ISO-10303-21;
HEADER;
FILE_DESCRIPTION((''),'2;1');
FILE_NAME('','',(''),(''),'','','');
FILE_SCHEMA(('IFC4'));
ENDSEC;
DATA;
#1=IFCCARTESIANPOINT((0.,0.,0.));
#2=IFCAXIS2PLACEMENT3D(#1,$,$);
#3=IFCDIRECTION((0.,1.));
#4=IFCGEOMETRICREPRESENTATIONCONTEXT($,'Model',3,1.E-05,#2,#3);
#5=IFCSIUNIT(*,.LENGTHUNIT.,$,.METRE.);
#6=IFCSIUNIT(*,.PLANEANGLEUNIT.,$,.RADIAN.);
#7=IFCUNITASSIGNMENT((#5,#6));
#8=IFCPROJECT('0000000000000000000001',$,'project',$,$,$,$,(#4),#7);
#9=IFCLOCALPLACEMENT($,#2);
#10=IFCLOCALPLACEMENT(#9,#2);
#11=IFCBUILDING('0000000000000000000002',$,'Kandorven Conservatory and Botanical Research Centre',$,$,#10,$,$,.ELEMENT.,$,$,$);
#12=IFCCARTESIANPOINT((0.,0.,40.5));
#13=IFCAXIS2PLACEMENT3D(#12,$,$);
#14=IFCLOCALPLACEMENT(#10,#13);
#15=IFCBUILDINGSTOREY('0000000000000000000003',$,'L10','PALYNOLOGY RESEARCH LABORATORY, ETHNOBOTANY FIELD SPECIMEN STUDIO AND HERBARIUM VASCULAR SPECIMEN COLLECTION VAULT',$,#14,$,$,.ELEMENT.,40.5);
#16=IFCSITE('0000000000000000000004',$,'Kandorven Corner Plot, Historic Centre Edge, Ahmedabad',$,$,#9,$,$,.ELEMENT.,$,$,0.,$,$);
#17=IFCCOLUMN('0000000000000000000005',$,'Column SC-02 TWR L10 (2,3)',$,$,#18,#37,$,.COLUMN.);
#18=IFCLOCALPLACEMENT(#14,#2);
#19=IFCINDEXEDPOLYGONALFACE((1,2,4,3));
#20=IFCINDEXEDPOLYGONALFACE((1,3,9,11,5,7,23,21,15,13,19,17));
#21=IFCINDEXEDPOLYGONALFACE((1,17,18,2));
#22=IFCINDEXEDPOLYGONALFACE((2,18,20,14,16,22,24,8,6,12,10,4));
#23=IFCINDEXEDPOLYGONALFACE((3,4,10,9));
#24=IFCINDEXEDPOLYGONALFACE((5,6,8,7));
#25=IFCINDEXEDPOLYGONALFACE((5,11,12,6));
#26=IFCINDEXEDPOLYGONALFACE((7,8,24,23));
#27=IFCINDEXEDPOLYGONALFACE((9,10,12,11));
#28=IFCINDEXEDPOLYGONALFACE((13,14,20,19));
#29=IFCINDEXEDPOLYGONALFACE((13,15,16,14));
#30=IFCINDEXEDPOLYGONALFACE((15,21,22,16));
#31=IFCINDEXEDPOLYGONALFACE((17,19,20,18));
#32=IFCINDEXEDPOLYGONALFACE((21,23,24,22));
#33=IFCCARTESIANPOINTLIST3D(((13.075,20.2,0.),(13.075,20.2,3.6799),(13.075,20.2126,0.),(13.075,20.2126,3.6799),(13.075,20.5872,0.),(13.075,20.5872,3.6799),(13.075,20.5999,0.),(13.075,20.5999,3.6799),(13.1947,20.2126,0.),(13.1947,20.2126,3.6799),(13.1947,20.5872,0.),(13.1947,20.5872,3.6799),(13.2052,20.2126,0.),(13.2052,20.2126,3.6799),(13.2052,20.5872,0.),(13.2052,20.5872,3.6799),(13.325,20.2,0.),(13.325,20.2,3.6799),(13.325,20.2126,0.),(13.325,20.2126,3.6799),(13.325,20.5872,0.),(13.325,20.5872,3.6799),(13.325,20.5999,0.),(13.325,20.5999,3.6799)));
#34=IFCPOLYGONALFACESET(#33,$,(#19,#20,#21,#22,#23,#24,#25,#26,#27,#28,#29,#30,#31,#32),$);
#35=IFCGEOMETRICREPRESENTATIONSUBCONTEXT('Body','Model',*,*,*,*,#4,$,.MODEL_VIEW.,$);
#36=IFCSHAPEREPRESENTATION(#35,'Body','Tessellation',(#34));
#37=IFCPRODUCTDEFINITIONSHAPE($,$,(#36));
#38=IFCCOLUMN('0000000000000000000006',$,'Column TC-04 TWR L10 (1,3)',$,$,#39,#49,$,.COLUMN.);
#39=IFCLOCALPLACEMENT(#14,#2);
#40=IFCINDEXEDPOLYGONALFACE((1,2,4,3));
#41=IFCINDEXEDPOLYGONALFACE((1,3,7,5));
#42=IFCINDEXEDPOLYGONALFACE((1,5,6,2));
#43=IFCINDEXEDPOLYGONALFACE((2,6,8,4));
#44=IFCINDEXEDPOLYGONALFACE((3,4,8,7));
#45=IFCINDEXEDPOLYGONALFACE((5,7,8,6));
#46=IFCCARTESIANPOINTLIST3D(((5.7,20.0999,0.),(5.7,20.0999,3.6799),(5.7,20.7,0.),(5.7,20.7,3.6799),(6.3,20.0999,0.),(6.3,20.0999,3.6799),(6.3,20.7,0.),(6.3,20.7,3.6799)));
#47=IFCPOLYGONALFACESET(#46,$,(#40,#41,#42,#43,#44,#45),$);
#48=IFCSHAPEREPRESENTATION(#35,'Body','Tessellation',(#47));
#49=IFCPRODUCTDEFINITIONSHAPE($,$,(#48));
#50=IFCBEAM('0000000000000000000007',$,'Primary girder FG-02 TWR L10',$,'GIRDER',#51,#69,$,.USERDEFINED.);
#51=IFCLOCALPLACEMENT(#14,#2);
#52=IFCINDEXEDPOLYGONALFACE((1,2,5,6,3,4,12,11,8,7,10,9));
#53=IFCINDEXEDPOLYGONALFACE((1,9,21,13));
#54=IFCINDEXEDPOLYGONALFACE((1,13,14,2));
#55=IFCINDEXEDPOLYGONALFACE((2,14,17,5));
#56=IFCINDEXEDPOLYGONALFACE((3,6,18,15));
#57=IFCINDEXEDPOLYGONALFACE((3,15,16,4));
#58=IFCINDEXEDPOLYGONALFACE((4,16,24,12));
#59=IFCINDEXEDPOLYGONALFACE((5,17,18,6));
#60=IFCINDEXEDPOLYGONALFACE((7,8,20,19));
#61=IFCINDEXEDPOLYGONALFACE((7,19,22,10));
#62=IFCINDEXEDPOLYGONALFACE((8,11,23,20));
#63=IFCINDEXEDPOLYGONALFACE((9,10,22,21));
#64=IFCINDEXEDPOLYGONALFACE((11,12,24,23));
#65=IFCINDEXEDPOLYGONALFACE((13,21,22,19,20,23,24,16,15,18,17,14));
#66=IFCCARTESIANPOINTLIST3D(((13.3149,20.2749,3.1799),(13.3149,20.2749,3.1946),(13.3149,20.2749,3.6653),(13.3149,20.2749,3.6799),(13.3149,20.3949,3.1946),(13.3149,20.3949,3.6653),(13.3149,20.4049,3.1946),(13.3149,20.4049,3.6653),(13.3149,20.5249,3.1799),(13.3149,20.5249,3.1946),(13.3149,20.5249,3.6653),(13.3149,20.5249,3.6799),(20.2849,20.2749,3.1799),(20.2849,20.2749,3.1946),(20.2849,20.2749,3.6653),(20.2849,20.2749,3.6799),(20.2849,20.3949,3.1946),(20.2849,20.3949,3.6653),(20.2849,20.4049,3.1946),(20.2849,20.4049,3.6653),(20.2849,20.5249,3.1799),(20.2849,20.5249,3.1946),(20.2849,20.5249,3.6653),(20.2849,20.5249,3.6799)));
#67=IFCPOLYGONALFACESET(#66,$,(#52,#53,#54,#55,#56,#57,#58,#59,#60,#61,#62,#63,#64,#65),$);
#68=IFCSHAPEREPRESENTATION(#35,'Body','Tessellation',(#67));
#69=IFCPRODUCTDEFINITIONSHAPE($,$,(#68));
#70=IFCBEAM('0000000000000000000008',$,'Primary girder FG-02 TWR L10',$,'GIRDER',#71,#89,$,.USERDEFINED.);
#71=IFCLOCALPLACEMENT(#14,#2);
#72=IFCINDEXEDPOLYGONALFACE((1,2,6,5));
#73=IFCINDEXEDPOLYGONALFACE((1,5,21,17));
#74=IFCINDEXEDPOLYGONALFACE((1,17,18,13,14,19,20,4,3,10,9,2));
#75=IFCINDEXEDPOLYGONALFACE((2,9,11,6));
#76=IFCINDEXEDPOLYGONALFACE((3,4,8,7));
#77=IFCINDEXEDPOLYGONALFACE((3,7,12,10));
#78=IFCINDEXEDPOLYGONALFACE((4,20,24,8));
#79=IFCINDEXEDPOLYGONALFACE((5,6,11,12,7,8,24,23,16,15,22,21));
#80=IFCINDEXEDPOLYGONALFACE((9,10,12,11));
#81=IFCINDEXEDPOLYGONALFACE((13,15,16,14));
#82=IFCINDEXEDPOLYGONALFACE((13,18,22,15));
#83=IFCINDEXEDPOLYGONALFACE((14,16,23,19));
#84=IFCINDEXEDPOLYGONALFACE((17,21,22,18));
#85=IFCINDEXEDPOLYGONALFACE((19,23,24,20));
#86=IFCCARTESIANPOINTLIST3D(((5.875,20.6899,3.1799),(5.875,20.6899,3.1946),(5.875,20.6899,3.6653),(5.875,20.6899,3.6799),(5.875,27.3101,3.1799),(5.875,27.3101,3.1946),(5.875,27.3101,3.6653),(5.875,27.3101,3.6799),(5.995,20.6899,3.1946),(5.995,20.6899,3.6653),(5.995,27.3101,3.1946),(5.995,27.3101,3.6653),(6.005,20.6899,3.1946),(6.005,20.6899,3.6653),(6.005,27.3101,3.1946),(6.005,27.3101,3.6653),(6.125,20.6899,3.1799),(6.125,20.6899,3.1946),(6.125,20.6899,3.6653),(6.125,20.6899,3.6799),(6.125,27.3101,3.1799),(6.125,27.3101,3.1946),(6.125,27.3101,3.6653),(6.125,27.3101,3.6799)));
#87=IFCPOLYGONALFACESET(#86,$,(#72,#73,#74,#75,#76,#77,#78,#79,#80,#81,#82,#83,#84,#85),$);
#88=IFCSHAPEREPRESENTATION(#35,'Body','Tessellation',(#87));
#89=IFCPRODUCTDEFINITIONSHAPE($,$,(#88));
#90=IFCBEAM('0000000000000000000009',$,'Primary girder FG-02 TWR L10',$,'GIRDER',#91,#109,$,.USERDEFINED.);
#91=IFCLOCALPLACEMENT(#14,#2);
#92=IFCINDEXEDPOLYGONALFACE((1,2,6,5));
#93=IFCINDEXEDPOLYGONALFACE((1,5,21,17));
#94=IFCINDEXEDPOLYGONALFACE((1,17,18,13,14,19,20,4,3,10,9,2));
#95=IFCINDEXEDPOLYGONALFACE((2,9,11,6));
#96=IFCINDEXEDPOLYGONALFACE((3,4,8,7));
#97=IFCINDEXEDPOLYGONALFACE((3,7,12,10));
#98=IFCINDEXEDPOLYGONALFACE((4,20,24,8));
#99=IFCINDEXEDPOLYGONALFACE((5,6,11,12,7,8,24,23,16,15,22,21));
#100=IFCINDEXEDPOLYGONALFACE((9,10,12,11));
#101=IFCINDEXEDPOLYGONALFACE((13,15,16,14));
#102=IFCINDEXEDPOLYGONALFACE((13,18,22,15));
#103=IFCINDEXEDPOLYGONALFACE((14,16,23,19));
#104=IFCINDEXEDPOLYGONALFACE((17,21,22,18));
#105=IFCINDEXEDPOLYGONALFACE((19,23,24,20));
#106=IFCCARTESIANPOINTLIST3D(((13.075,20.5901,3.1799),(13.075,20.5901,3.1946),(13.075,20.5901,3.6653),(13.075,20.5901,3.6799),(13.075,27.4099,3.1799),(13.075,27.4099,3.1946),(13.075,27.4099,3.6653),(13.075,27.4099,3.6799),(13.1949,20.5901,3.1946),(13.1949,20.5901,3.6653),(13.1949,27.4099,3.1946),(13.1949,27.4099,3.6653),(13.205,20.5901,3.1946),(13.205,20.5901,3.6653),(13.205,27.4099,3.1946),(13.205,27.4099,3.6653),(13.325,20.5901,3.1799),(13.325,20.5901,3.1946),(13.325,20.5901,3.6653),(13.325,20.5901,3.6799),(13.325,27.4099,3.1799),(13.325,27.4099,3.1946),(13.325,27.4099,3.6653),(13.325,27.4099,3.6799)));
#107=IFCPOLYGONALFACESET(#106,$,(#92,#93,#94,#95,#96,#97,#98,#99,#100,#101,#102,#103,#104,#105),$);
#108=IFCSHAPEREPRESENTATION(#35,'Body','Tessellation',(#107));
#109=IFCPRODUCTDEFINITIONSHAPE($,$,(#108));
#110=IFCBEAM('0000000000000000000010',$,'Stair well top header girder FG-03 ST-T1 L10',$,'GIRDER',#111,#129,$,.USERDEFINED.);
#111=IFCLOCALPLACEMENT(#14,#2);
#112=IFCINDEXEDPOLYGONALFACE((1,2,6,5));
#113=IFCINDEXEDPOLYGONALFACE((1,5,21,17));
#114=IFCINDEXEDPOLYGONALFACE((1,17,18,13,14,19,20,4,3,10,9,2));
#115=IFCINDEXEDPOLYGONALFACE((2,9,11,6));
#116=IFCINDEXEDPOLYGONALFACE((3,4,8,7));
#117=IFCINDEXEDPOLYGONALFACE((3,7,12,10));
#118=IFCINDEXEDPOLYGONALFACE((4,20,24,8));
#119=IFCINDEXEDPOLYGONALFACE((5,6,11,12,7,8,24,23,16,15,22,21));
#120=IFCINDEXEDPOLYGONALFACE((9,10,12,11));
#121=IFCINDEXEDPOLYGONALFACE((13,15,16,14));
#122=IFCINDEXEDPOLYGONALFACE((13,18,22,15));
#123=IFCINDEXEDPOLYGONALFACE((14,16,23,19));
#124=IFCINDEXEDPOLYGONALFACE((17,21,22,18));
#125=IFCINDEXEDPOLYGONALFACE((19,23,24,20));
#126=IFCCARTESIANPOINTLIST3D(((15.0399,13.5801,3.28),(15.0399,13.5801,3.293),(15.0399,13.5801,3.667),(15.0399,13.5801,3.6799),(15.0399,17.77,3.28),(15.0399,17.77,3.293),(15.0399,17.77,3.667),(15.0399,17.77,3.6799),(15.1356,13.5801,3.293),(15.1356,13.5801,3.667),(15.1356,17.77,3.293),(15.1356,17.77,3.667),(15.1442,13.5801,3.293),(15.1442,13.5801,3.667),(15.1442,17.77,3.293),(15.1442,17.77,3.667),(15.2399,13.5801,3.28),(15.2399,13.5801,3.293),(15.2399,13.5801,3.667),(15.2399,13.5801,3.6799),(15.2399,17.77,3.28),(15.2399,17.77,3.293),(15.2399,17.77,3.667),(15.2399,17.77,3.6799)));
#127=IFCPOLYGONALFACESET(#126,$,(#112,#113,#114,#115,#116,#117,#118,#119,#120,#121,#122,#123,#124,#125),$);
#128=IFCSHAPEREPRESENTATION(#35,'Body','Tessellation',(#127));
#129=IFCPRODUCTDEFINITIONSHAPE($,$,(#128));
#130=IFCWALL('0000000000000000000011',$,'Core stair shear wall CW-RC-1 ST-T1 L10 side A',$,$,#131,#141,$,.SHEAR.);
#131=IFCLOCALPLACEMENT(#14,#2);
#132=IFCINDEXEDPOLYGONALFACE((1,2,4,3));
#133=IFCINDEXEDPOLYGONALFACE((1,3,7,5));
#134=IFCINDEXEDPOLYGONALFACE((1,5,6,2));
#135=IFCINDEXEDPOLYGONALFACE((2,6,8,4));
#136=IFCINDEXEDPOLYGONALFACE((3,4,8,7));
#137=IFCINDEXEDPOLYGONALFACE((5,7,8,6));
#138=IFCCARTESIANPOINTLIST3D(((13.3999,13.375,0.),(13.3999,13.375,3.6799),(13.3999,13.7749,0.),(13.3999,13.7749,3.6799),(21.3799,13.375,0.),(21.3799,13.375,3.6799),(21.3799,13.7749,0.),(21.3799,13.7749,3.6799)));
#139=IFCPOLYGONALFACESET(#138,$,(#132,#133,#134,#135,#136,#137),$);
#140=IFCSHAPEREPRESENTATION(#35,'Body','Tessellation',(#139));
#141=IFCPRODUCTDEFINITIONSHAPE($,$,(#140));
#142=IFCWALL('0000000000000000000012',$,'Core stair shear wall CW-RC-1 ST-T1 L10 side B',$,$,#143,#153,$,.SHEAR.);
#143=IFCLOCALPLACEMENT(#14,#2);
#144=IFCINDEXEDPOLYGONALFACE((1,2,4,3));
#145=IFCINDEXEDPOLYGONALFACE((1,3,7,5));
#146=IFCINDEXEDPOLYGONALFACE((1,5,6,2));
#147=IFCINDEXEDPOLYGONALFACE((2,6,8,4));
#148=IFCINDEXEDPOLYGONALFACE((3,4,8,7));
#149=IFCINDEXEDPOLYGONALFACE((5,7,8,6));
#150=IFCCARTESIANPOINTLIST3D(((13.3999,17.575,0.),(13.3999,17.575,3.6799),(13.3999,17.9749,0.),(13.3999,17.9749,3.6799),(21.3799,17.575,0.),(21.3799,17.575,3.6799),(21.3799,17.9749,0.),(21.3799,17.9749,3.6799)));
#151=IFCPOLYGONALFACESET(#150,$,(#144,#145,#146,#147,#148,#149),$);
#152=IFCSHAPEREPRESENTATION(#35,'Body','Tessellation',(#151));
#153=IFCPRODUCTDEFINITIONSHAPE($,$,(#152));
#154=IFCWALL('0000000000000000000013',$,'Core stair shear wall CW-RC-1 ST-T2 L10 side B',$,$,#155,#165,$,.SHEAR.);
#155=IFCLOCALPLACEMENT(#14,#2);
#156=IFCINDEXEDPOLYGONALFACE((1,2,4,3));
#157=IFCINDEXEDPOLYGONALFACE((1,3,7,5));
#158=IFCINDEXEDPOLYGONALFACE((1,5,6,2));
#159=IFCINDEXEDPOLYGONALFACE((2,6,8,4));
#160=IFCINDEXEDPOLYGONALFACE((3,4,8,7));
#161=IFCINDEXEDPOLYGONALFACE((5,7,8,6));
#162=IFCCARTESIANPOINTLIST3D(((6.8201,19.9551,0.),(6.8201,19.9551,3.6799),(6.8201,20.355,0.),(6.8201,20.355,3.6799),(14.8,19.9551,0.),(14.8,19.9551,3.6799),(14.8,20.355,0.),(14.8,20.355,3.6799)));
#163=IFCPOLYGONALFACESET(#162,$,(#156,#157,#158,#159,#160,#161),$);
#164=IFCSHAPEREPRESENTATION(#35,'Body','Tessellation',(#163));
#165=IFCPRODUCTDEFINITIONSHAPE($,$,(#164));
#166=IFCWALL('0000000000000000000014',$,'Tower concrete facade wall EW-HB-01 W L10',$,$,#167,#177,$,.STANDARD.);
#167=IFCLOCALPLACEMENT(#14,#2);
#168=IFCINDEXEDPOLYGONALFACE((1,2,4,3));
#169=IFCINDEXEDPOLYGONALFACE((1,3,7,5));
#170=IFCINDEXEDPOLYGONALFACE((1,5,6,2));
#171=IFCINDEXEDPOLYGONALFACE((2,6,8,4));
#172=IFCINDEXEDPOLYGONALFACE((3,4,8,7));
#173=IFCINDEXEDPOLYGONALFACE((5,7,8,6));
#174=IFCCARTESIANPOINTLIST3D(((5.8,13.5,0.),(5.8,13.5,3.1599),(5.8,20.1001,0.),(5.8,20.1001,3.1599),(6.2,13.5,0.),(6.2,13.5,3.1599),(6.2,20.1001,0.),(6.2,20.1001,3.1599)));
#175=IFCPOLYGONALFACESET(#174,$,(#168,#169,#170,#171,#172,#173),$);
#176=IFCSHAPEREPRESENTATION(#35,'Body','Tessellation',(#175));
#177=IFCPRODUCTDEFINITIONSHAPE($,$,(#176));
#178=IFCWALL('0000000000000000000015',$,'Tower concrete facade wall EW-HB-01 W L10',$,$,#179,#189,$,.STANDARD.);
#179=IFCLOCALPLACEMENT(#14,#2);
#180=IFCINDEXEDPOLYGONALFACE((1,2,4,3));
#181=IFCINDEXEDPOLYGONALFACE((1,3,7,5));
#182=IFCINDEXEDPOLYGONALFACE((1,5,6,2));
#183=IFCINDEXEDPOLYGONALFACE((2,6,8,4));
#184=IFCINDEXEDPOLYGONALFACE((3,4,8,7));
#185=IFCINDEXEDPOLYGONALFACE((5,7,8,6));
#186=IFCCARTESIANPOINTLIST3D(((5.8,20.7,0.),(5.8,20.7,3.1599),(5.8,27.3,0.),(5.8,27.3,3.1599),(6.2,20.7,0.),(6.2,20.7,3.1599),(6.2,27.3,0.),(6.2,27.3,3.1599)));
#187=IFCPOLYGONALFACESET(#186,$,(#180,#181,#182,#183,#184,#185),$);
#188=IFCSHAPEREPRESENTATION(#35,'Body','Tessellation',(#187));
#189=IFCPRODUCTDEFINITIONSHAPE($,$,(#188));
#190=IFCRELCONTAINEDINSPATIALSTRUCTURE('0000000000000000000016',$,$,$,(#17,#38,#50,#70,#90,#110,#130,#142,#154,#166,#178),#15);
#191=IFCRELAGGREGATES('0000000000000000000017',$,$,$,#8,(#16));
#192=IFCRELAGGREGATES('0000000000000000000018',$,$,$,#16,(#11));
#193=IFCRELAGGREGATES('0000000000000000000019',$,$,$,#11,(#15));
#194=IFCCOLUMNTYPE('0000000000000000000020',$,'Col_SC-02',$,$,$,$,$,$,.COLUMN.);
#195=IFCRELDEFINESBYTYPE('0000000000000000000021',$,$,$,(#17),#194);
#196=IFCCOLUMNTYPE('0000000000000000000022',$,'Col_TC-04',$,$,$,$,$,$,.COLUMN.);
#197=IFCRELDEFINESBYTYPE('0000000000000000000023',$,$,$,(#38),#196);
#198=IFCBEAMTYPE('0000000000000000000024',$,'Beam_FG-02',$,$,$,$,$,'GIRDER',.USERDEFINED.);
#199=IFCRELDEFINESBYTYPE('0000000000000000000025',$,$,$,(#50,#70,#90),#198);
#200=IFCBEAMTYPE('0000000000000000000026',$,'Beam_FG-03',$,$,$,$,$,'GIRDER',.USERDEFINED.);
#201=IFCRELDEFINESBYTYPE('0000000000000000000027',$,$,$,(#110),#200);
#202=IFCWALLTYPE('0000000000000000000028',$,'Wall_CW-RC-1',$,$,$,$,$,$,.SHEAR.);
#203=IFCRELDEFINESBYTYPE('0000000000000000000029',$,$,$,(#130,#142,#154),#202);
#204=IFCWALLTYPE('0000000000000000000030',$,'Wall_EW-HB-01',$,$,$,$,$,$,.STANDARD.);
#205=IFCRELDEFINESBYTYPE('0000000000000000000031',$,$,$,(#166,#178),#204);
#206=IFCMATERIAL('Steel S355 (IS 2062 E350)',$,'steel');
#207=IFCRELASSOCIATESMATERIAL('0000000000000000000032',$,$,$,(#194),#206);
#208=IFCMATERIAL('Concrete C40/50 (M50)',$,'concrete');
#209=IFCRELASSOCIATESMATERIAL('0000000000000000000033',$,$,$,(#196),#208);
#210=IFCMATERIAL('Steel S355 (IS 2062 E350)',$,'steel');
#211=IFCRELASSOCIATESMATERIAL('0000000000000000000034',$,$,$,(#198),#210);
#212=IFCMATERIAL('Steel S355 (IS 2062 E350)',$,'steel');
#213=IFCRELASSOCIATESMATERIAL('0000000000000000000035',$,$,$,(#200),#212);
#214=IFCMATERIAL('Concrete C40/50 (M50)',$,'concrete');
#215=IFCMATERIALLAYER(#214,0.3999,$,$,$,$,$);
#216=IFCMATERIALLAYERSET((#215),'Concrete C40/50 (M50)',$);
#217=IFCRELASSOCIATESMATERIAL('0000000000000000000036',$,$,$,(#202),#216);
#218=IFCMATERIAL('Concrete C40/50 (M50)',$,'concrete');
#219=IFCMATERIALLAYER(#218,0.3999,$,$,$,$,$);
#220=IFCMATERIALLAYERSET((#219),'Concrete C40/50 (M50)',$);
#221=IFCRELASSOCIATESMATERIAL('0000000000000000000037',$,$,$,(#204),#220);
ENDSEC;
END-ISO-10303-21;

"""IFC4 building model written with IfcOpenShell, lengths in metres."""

from ifc_helpers import new_model, si_unit, direction, frame, frame_2d, origin, origin_2d, place, context, subcontext, project, spatial, rectangle, i_section, extrude, material, layer, layer_set, material_profile, profile_set, type_object, element, save


model = new_model("IFC4")

# Units and contexts
model_context = context("Model", 3, precision=1e-05, world=origin(), true_north=direction((0.0, 1.0)))
body_context = subcontext(model_context, "Body", "Model", "MODEL_VIEW")
ifc_project = project(units=[si_unit("LENGTHUNIT", "METRE"), si_unit("PLANEANGLEUNIT", "RADIAN")], contexts=[model_context])

# Site, building, storey
site_placement = place(None, origin())
site = spatial("IfcSite", under=ifc_project, at=site_placement, Name="Kandorven Corner Plot, Historic Centre Edge, Ahmedabad", CompositionType="ELEMENT", RefElevation=0.0)
building_placement = place(site_placement, origin())
building = spatial("IfcBuilding", under=site, at=building_placement, Name="Kandorven Conservatory and Botanical Research Centre", CompositionType="ELEMENT")
storey_placement = place(building_placement, frame((0.0, 0.0, 40.5)))
storey = spatial("IfcBuildingStorey", under=building, at=storey_placement, Name="L10", Description="PALYNOLOGY RESEARCH LABORATORY, ETHNOBOTANY FIELD SPECIMEN STUDIO AND HERBARIUM VASCULAR SPECIMEN COLLECTION VAULT", CompositionType="ELEMENT", Elevation=40.5)

# Columns
ifc_material_1 = material(Name="Steel S355 (IS 2062 E350)", Category="steel")
ifc_material_profile_1 = material_profile(ifc_material_1, i_section(OverallWidth=0.25, OverallDepth=0.3999, WebThickness=0.0105, FlangeThickness=0.0127, at=origin_2d()))
ifc_profile_set_1 = profile_set([ifc_material_profile_1], Name="Steel S355 (IS 2062 E350)")
column_type_1 = type_object("IfcColumnType", Name="Col_SC-02", PredefinedType="COLUMN", material=ifc_profile_set_1)
column_1_placement = place(storey_placement, frame((13.2, 20.3999, 0.0), z_axis=(0.0, 0.0, 1.0), x_axis=(1.0, 0.0, 0.0)))
element("IfcColumn", 1, at=column_1_placement, inside=storey, type_object=column_type_1, Name="Column SC-02 TWR L10 (2,3)", PredefinedType="COLUMN", context=body_context, shape_type="SweptSolid", body=[
    extrude(i_section(OverallWidth=0.25, OverallDepth=0.3999, WebThickness=0.0105, FlangeThickness=0.0127, at=origin_2d()), origin(), (0.0, 0.0, 1.0), 3.6799),
])
ifc_material_2 = material(Name="Concrete C40/50 (M50)", Category="concrete")
ifc_material_profile_2 = material_profile(ifc_material_2, rectangle(XDim=0.6001, YDim=0.6001, at=origin_2d()))
ifc_profile_set_2 = profile_set([ifc_material_profile_2], Name="Concrete C40/50 (M50)")
column_type_2 = type_object("IfcColumnType", Name="Col_TC-04", PredefinedType="COLUMN", material=ifc_profile_set_2)
column_2_placement = place(storey_placement, frame((6.0, 20.3999, 0.0), z_axis=(0.0, 0.0, 1.0), x_axis=(1.0, 0.0, 0.0)))
element("IfcColumn", 2, at=column_2_placement, inside=storey, type_object=column_type_2, Name="Column TC-04 TWR L10 (1,3)", PredefinedType="COLUMN", context=body_context, shape_type="SweptSolid", body=[
    extrude(rectangle(XDim=0.6001, YDim=0.6001, at=origin_2d()), origin(), (0.0, 0.0, 1.0), 3.6799),
])

# Beams
ifc_material_3 = material(Name="Steel S355 (IS 2062 E350)", Category="steel")
ifc_material_profile_3 = material_profile(ifc_material_3, i_section(OverallWidth=0.25, OverallDepth=0.5, WebThickness=0.01, FlangeThickness=0.0146, at=origin_2d()))
ifc_profile_set_3 = profile_set([ifc_material_profile_3], Name="Steel S355 (IS 2062 E350)")
beam_type_1 = type_object("IfcBeamType", Name="Beam_FG-02", ElementType="GIRDER", PredefinedType="USERDEFINED", material=ifc_profile_set_3)
beam_1_placement = place(storey_placement, frame((13.3149, 20.3999, 3.4299), z_axis=(1.0, 0.0, 0.0), x_axis=(0.0, 1.0, 0.0)))
element("IfcBeam", 3, at=beam_1_placement, inside=storey, type_object=beam_type_1, Name="Primary girder FG-02 TWR L10", ObjectType="GIRDER", PredefinedType="USERDEFINED", context=body_context, shape_type="SweptSolid", body=[
    extrude(i_section(OverallWidth=0.25, OverallDepth=0.5, WebThickness=0.01, FlangeThickness=0.0146, at=origin_2d()), origin(), (0.0, 0.0, 1.0), 6.97),
])
beam_2_placement = place(storey_placement, frame((6.0, 20.6899, 3.4299), z_axis=(0.0, 1.0, 0.0), x_axis=(-1.0, 0.0, 0.0)))
element("IfcBeam", 4, at=beam_2_placement, inside=storey, type_object=beam_type_1, Name="Primary girder FG-02 TWR L10", ObjectType="GIRDER", PredefinedType="USERDEFINED", context=body_context, shape_type="SweptSolid", body=[
    extrude(i_section(OverallWidth=0.25, OverallDepth=0.5, WebThickness=0.01, FlangeThickness=0.0146, at=origin_2d()), origin(), (0.0, 0.0, 1.0), 6.6201),
])
beam_3_placement = place(storey_placement, frame((13.2, 20.5901, 3.4299), z_axis=(0.0, 1.0, 0.0), x_axis=(-1.0, 0.0, 0.0)))
element("IfcBeam", 5, at=beam_3_placement, inside=storey, type_object=beam_type_1, Name="Primary girder FG-02 TWR L10", ObjectType="GIRDER", PredefinedType="USERDEFINED", context=body_context, shape_type="SweptSolid", body=[
    extrude(i_section(OverallWidth=0.25, OverallDepth=0.5, WebThickness=0.01, FlangeThickness=0.0146, at=origin_2d()), origin(), (0.0, 0.0, 1.0), 6.8198),
])
ifc_material_4 = material(Name="Steel S355 (IS 2062 E350)", Category="steel")
ifc_material_profile_4 = material_profile(ifc_material_4, i_section(OverallWidth=0.2, OverallDepth=0.3999, WebThickness=0.0085, FlangeThickness=0.0129, at=origin_2d()))
ifc_profile_set_4 = profile_set([ifc_material_profile_4], Name="Steel S355 (IS 2062 E350)")
beam_type_2 = type_object("IfcBeamType", Name="Beam_FG-03", ElementType="GIRDER", PredefinedType="USERDEFINED", material=ifc_profile_set_4)
beam_4_placement = place(storey_placement, frame((15.1399, 13.5801, 3.48), z_axis=(0.0, 1.0, 0.0), x_axis=(-1.0, 0.0, 0.0)))
element("IfcBeam", 6, at=beam_4_placement, inside=storey, type_object=beam_type_2, Name="Stair well top header girder FG-03 ST-T1 L10", ObjectType="GIRDER", PredefinedType="USERDEFINED", context=body_context, shape_type="SweptSolid", body=[
    extrude(i_section(OverallWidth=0.2, OverallDepth=0.3999, WebThickness=0.0085, FlangeThickness=0.0129, at=origin_2d()), origin(), (0.0, 0.0, 1.0), 4.1899),
])

# Walls
ifc_material_5 = material(Name="Concrete C40/50 (M50)", Category="concrete")
ifc_layer_1 = layer(ifc_material_5, 0.3999)
ifc_layer_set_1 = layer_set([ifc_layer_1], Name="Concrete C40/50 (M50)")
wall_type_1 = type_object("IfcWallType", Name="Wall_CW-RC-1", PredefinedType="SHEAR", material=ifc_layer_set_1)
for number, where, z_axis, x_axis, name in (
    (7, (13.3999, 13.575, 0.0), (0.0, 0.0, 1.0), (1.0, 0.0, 0.0), "Core stair shear wall CW-RC-1 ST-T1 L10 side A"),
    (8, (13.3999, 17.7749, 0.0), (0.0, 0.0, 1.0), (1.0, 0.0, 0.0), "Core stair shear wall CW-RC-1 ST-T1 L10 side B"),
    (9, (14.8, 20.155, 0.0), (0.0, 0.0, 1.0), (-1.0, 0.0, 0.0), "Core stair shear wall CW-RC-1 ST-T2 L10 side B"),
):
    element("IfcWall", number, at=place(storey_placement, frame(where, z_axis=z_axis, x_axis=x_axis)), inside=storey, type_object=wall_type_1, Name=name, PredefinedType="SHEAR", context=body_context, shape_type="SweptSolid", body=[
        extrude(rectangle(XDim=7.98, YDim=0.3999, at=frame_2d((3.99, 0.0))), origin(), (0.0, 0.0, 1.0), 3.6799),
    ])
ifc_material_6 = material(Name="Concrete C40/50 (M50)", Category="concrete")
ifc_layer_2 = layer(ifc_material_6, 0.3999)
ifc_layer_set_2 = layer_set([ifc_layer_2], Name="Concrete C40/50 (M50)")
wall_type_2 = type_object("IfcWallType", Name="Wall_EW-HB-01", PredefinedType="STANDARD", material=ifc_layer_set_2)
for number, where, z_axis, x_axis, name in (
    (10, (6.0, 13.5, 0.0), (0.0, 0.0, 1.0), (0.0, 1.0, 0.0), "Tower concrete facade wall EW-HB-01 W L10"),
    (11, (6.0, 20.7, 0.0), (0.0, 0.0, 1.0), (0.0, 1.0, 0.0), "Tower concrete facade wall EW-HB-01 W L10"),
):
    element("IfcWall", number, at=place(storey_placement, frame(where, z_axis=z_axis, x_axis=x_axis)), inside=storey, type_object=wall_type_2, Name=name, PredefinedType="STANDARD", context=body_context, shape_type="SweptSolid", body=[
        extrude(rectangle(XDim=6.6001, YDim=0.3999, at=frame_2d((3.3, 0.0))), origin(), (0.0, 0.0, 1.0), 3.1599),
    ])

save(model, "model.ifc")
